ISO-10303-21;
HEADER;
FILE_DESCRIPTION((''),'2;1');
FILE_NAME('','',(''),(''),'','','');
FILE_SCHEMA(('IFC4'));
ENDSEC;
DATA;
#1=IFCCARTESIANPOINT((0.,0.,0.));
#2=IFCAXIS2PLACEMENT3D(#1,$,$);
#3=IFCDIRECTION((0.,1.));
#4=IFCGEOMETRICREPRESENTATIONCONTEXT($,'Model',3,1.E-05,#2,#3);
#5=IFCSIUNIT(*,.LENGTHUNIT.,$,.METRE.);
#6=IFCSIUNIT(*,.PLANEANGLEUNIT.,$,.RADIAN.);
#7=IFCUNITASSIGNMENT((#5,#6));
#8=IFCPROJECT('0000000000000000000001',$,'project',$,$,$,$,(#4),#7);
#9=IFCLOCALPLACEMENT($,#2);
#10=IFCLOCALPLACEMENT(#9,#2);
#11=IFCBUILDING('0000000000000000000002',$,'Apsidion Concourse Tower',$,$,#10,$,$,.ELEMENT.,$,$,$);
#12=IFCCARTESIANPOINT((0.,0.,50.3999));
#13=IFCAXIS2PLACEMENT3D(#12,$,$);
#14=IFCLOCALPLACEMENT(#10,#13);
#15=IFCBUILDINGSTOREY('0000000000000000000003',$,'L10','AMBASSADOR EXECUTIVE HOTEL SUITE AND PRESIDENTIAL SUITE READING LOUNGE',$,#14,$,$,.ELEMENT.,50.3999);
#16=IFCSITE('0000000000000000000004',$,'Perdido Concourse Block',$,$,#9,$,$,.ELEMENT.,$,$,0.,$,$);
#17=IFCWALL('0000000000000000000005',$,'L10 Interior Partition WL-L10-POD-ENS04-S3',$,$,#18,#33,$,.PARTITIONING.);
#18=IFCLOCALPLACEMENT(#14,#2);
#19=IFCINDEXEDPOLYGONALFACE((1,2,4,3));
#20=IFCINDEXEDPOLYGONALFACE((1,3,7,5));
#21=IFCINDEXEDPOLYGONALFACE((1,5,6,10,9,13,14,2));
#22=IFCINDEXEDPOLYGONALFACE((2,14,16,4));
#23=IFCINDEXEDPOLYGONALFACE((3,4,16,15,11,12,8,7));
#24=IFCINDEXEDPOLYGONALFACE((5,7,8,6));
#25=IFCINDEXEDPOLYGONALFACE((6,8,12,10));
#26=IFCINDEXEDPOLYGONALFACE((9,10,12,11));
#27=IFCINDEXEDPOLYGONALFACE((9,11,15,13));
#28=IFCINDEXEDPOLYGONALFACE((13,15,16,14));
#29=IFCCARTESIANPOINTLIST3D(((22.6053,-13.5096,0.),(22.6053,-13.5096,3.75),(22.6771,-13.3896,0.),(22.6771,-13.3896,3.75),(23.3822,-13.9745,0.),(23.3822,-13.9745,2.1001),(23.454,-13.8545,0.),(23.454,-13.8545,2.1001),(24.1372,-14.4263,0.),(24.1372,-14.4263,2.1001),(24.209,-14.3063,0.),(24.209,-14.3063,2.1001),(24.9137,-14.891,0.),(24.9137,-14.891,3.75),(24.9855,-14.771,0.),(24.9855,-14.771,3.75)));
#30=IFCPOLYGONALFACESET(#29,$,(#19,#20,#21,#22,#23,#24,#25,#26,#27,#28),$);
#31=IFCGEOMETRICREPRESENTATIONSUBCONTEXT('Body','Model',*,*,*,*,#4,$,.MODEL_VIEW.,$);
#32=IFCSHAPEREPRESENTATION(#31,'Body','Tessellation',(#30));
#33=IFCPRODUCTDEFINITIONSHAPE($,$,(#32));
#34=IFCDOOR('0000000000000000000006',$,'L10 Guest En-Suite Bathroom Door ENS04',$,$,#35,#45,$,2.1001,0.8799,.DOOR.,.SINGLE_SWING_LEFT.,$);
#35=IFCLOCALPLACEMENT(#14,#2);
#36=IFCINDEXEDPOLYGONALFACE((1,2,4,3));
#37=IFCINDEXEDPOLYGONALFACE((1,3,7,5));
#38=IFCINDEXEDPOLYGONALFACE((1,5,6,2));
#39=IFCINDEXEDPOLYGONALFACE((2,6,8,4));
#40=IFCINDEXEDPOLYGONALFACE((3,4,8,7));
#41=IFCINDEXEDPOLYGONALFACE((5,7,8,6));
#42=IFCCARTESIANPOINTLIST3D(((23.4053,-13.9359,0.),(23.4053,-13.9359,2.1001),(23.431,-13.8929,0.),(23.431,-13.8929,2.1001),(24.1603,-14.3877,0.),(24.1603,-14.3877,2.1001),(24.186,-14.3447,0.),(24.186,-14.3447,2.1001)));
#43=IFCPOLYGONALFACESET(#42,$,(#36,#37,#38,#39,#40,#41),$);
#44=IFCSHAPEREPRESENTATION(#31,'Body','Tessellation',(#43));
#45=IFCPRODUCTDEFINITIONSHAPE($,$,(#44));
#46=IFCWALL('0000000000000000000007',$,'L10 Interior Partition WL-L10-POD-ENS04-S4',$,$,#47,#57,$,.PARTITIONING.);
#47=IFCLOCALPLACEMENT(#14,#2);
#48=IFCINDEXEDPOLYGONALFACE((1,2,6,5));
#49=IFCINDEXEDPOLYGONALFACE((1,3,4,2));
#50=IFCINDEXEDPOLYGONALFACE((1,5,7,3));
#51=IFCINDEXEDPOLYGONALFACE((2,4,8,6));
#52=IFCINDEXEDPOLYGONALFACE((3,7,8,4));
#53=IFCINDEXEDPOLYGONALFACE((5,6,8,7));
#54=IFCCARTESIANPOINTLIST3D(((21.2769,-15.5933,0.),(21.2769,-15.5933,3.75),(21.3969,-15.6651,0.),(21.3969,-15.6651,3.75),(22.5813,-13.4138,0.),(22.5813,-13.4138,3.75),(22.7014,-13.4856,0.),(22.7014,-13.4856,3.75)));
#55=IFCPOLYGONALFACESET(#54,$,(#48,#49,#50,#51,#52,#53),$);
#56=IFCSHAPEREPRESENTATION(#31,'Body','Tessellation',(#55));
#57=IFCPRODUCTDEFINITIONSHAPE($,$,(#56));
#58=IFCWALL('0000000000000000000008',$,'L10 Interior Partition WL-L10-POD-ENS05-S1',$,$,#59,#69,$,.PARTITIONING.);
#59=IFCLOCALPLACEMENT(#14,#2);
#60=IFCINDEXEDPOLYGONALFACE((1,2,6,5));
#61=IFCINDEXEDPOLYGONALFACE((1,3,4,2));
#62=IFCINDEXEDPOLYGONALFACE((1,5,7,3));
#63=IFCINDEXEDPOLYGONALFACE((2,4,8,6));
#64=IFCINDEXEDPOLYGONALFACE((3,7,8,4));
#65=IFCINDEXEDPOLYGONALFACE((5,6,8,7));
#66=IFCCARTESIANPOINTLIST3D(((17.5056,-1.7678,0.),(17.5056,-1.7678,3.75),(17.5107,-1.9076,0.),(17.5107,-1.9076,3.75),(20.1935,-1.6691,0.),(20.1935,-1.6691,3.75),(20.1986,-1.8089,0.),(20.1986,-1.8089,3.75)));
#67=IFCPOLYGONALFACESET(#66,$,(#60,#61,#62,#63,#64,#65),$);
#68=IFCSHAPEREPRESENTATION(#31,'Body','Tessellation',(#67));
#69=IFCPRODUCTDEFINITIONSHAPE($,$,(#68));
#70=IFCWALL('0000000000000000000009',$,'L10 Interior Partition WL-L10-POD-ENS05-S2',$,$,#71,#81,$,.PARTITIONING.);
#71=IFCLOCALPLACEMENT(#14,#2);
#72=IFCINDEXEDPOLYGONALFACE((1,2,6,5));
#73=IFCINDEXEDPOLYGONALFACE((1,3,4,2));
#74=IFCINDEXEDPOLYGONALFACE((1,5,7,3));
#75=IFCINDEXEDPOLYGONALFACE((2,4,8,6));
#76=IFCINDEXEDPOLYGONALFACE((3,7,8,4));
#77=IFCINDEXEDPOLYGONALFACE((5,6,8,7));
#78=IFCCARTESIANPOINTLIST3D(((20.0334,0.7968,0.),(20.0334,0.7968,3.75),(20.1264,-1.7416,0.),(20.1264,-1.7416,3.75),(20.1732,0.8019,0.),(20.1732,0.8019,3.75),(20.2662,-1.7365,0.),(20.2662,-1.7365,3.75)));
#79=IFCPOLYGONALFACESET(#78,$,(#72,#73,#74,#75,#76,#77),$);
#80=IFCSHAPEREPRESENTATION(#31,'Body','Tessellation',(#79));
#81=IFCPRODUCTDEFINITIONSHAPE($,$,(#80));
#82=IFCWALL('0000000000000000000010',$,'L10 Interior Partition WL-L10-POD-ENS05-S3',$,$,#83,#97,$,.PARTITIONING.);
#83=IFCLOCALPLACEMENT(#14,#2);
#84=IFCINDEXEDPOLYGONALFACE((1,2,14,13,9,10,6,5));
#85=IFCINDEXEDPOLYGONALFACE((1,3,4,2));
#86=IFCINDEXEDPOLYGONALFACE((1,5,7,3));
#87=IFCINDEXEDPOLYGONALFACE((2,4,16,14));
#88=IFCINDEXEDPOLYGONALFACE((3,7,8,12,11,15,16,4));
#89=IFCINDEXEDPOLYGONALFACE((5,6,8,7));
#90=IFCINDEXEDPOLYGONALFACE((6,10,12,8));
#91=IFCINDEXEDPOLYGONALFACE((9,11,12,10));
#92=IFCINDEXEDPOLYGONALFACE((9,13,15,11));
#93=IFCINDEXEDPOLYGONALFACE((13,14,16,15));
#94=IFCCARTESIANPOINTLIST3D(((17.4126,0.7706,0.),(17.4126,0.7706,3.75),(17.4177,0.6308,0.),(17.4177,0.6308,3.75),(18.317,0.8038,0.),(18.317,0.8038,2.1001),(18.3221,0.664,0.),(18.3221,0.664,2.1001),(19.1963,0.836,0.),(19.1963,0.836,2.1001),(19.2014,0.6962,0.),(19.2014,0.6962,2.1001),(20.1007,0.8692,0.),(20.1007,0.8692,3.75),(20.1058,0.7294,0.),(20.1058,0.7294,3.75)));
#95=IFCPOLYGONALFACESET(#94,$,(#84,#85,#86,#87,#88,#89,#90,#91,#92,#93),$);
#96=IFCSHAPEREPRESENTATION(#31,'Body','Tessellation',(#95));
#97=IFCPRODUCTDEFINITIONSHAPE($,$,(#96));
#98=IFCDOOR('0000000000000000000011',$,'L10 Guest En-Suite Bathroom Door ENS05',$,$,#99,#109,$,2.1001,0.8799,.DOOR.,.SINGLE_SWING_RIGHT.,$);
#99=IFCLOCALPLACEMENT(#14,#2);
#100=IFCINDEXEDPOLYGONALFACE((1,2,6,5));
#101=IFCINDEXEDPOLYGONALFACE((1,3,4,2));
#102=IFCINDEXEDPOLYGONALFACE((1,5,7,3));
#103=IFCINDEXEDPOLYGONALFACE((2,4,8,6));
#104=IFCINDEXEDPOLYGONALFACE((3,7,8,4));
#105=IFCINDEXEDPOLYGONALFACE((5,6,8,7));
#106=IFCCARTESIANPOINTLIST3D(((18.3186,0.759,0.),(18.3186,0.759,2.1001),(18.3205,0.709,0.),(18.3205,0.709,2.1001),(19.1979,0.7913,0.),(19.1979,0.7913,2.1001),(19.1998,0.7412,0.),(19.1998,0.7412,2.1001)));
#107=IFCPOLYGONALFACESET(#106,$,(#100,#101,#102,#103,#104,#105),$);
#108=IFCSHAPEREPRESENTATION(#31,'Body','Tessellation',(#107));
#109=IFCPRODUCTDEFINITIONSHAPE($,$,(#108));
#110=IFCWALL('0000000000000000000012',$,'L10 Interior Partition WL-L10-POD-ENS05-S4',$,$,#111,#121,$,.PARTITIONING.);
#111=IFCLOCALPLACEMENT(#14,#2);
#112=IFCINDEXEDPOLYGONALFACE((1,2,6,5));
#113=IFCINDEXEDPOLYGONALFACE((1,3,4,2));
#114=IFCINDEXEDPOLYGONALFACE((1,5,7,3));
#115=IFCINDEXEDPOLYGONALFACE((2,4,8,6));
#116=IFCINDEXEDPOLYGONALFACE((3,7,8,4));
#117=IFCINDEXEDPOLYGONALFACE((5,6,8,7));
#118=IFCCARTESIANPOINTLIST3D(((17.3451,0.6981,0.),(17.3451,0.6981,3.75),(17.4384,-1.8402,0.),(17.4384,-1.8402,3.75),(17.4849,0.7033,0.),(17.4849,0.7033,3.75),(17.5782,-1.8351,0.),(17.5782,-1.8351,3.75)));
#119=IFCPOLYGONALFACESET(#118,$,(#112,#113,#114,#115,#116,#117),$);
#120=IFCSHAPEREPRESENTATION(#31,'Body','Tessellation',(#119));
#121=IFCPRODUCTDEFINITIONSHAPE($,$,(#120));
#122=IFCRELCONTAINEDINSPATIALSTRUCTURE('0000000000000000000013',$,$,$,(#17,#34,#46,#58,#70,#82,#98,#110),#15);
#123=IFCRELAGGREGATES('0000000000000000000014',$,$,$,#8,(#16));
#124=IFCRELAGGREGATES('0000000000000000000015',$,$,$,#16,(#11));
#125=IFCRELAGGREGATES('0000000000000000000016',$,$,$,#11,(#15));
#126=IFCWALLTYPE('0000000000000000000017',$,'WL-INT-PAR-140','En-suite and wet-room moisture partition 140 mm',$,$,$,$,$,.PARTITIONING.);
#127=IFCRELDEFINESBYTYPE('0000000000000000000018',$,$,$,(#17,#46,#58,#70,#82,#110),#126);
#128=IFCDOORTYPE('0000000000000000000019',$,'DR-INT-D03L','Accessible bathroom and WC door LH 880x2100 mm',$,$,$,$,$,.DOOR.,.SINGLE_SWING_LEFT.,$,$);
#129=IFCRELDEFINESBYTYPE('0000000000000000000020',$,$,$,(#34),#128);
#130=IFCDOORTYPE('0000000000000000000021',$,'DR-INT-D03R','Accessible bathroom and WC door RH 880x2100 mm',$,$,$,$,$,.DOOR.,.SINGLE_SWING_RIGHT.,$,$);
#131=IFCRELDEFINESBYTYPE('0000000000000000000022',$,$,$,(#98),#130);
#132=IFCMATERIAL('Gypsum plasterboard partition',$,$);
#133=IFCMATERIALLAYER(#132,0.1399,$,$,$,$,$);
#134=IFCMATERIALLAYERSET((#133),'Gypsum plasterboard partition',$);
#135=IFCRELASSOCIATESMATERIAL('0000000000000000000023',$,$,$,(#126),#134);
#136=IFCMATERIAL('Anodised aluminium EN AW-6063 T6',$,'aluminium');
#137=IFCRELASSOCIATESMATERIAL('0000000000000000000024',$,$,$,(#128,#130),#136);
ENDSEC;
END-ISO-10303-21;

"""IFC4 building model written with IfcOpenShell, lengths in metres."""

from ifc_helpers import new_model, si_unit, direction, frame, frame_2d, origin, place, context, subcontext, project, spatial, rectangle, extrude, material, layer, layer_set, type_object, element, fill, save


model = new_model("IFC4")

# Units and contexts
model_context = context("Model", 3, precision=1e-05, world=origin(), true_north=direction((0.0, 1.0)))
body_context = subcontext(model_context, "Body", "Model", "MODEL_VIEW")
ifc_project = project(units=[si_unit("LENGTHUNIT", "METRE"), si_unit("PLANEANGLEUNIT", "RADIAN")], contexts=[model_context])

# Site, building, storey
site_placement = place(None, origin())
site = spatial("IfcSite", under=ifc_project, at=site_placement, Name="Perdido Concourse Block", CompositionType="ELEMENT", RefElevation=0.0)
building_placement = place(site_placement, origin())
building = spatial("IfcBuilding", under=site, at=building_placement, Name="Apsidion Concourse Tower", CompositionType="ELEMENT")
storey_placement = place(building_placement, frame((0.0, 0.0, 50.3999)))
storey = spatial("IfcBuildingStorey", under=building, at=storey_placement, Name="L10", Description="AMBASSADOR EXECUTIVE HOTEL SUITE AND PRESIDENTIAL SUITE READING LOUNGE", CompositionType="ELEMENT", Elevation=50.3999)

# Shared definitions
ifc_material_1 = material(Name="Anodised aluminium EN AW-6063 T6", Category="aluminium")

# Shared definitions
ifc_material_2 = material(Name="Gypsum plasterboard partition")
ifc_layer_1 = layer(ifc_material_2, 0.1399)
ifc_layer_set_1 = layer_set([ifc_layer_1], Name="Gypsum plasterboard partition")
wall_type_1 = type_object("IfcWallType", Name="WL-INT-PAR-140", Description="En-suite and wet-room moisture partition 140 mm", PredefinedType="PARTITIONING", material=ifc_layer_set_1)

# Wall, opening, door
wall_1_placement = place(storey_placement, frame((24.9497, -14.8311, 0.0), z_axis=(0.0, 0.0, 1.0), x_axis=(-0.858093, 0.513494, 0.0)))
wall_1 = element("IfcWall", 1, at=wall_1_placement, inside=storey, type_object=wall_type_1, Name="L10 Interior Partition WL-L10-POD-ENS04-S3", PredefinedType="PARTITIONING", context=body_context, shape_type="SweptSolid", body=[
    extrude(rectangle(XDim=2.6902, YDim=0.1399, at=frame_2d((1.3452, 0.0))), origin(), (0.0, 0.0, 1.0), 3.75),
])
opening_1_placement = place(wall_1_placement, frame((0.905, 0.0, 0.0)))
opening_1 = element("IfcOpeningElement", 2, at=opening_1_placement, cuts=wall_1, PredefinedType="OPENING", context=body_context, shape_type="SweptSolid", body=[
    extrude(rectangle(XDim=0.8799, YDim=2.1001, at=frame_2d((0.4399, 1.05))), frame((0.0, 0.0801, 0.0), z_axis=(0.0, -1.0, 0.0), x_axis=(1.0, 0.0, 0.0)), (0.0, 0.0, 1.0), 0.1599),
])
door_type_1 = type_object("IfcDoorType", Name="DR-INT-D03L", Description="Accessible bathroom and WC door LH 880x2100 mm", OperationType="SINGLE_SWING_LEFT", PredefinedType="DOOR", material=ifc_material_1)
door_1_placement = place(opening_1_placement, origin())
door_1 = element("IfcDoor", 3, at=door_1_placement, inside=storey, type_object=door_type_1, Name="L10 Guest En-Suite Bathroom Door ENS04", OperationType="SINGLE_SWING_LEFT", OverallHeight=2.1001, OverallWidth=0.8799, PredefinedType="DOOR", context=body_context, shape_type="SweptSolid", body=[
    extrude(rectangle(XDim=0.8799, YDim=2.1001, at=frame_2d((0.4399, 1.05))), frame((0.0, 0.0249, 0.0), z_axis=(0.0, -1.0, 0.0), x_axis=(1.0, 0.0, 0.0)), (0.0, 0.0, 1.0), 0.05),
])
fill(opening_1, door_1)

# Walls
wall_2_placement = place(storey_placement, frame((22.6414, -13.4497, 0.0), z_axis=(0.0, 0.0, 1.0), x_axis=(-0.513563, -0.858052, 0.0)))
element("IfcWall", 4, at=wall_2_placement, inside=storey, type_object=wall_type_1, Name="L10 Interior Partition WL-L10-POD-ENS04-S4", PredefinedType="PARTITIONING", context=body_context, shape_type="SweptSolid", body=[
    extrude(rectangle(XDim=2.54, YDim=0.1399, at=frame_2d((1.27, 0.0))), origin(), (0.0, 0.0, 1.0), 3.75),
])
wall_3_placement = place(storey_placement, frame((17.5083, -1.8376, 0.0), z_axis=(0.0, 0.0, 1.0), x_axis=(0.999327, 0.036669, 0.0)))
element("IfcWall", 5, at=wall_3_placement, inside=storey, type_object=wall_type_1, Name="L10 Interior Partition WL-L10-POD-ENS05-S1", PredefinedType="PARTITIONING", context=body_context, shape_type="SweptSolid", body=[
    extrude(rectangle(XDim=2.6897, YDim=0.1399, at=frame_2d((1.3447, 0.0))), origin(), (0.0, 0.0, 1.0), 3.75),
])
wall_4_placement = place(storey_placement, frame((20.1963, -1.739, 0.0), z_axis=(0.0, 0.0, 1.0), x_axis=(-0.036621, 0.999329, 0.0)))
element("IfcWall", 6, at=wall_4_placement, inside=storey, type_object=wall_type_1, Name="L10 Interior Partition WL-L10-POD-ENS05-S2", PredefinedType="PARTITIONING", context=body_context, shape_type="SweptSolid", body=[
    extrude(rectangle(XDim=2.54, YDim=0.1399, at=frame_2d((1.27, 0.0))), origin(), (0.0, 0.0, 1.0), 3.75),
])

# Wall, opening, door
wall_5_placement = place(storey_placement, frame((20.1033, 0.7993, 0.0), z_axis=(0.0, 0.0, 1.0), x_axis=(-0.999328, -0.036666, 0.0)))
wall_5 = element("IfcWall", 7, at=wall_5_placement, inside=storey, type_object=wall_type_1, Name="L10 Interior Partition WL-L10-POD-ENS05-S3", PredefinedType="PARTITIONING", context=body_context, shape_type="SweptSolid", body=[
    extrude(rectangle(XDim=2.6899, YDim=0.1399, at=frame_2d((1.345, 0.0))), origin(), (0.0, 0.0, 1.0), 3.75),
])
opening_2_placement = place(wall_5_placement, frame((0.905, 0.0, 0.0)))
opening_2 = element("IfcOpeningElement", 8, at=opening_2_placement, cuts=wall_5, PredefinedType="OPENING", context=body_context, shape_type="SweptSolid", body=[
    extrude(rectangle(XDim=0.8799, YDim=2.1001, at=frame_2d((0.4399, 1.05))), frame((0.0, 0.0801, 0.0), z_axis=(0.0, -1.0, 0.0), x_axis=(1.0, 0.0, 0.0)), (0.0, 0.0, 1.0), 0.1599),
])
door_type_2 = type_object("IfcDoorType", Name="DR-INT-D03R", Description="Accessible bathroom and WC door RH 880x2100 mm", OperationType="SINGLE_SWING_RIGHT", PredefinedType="DOOR", material=ifc_material_1)
door_2_placement = place(opening_2_placement, origin())
door_2 = element("IfcDoor", 9, at=door_2_placement, inside=storey, type_object=door_type_2, Name="L10 Guest En-Suite Bathroom Door ENS05", OperationType="SINGLE_SWING_RIGHT", OverallHeight=2.1001, OverallWidth=0.8799, PredefinedType="DOOR", context=body_context, shape_type="SweptSolid", body=[
    extrude(rectangle(XDim=0.8799, YDim=2.1001, at=frame_2d((0.4399, 1.05))), frame((0.0, 0.0249, 0.0), z_axis=(0.0, -1.0, 0.0), x_axis=(1.0, 0.0, 0.0)), (0.0, 0.0, 1.0), 0.05),
])
fill(opening_2, door_2)

# Wall
wall_6_placement = place(storey_placement, frame((17.415, 0.7007, 0.0), z_axis=(0.0, 0.0, 1.0), x_axis=(0.036717, -0.999326, 0.0)))
element("IfcWall", 10, at=wall_6_placement, inside=storey, type_object=wall_type_1, Name="L10 Interior Partition WL-L10-POD-ENS05-S4", PredefinedType="PARTITIONING", context=body_context, shape_type="SweptSolid", body=[
    extrude(rectangle(XDim=2.54, YDim=0.1399, at=frame_2d((1.27, 0.0))), origin(), (0.0, 0.0, 1.0), 3.75),
])

save(model, "model.ifc")
